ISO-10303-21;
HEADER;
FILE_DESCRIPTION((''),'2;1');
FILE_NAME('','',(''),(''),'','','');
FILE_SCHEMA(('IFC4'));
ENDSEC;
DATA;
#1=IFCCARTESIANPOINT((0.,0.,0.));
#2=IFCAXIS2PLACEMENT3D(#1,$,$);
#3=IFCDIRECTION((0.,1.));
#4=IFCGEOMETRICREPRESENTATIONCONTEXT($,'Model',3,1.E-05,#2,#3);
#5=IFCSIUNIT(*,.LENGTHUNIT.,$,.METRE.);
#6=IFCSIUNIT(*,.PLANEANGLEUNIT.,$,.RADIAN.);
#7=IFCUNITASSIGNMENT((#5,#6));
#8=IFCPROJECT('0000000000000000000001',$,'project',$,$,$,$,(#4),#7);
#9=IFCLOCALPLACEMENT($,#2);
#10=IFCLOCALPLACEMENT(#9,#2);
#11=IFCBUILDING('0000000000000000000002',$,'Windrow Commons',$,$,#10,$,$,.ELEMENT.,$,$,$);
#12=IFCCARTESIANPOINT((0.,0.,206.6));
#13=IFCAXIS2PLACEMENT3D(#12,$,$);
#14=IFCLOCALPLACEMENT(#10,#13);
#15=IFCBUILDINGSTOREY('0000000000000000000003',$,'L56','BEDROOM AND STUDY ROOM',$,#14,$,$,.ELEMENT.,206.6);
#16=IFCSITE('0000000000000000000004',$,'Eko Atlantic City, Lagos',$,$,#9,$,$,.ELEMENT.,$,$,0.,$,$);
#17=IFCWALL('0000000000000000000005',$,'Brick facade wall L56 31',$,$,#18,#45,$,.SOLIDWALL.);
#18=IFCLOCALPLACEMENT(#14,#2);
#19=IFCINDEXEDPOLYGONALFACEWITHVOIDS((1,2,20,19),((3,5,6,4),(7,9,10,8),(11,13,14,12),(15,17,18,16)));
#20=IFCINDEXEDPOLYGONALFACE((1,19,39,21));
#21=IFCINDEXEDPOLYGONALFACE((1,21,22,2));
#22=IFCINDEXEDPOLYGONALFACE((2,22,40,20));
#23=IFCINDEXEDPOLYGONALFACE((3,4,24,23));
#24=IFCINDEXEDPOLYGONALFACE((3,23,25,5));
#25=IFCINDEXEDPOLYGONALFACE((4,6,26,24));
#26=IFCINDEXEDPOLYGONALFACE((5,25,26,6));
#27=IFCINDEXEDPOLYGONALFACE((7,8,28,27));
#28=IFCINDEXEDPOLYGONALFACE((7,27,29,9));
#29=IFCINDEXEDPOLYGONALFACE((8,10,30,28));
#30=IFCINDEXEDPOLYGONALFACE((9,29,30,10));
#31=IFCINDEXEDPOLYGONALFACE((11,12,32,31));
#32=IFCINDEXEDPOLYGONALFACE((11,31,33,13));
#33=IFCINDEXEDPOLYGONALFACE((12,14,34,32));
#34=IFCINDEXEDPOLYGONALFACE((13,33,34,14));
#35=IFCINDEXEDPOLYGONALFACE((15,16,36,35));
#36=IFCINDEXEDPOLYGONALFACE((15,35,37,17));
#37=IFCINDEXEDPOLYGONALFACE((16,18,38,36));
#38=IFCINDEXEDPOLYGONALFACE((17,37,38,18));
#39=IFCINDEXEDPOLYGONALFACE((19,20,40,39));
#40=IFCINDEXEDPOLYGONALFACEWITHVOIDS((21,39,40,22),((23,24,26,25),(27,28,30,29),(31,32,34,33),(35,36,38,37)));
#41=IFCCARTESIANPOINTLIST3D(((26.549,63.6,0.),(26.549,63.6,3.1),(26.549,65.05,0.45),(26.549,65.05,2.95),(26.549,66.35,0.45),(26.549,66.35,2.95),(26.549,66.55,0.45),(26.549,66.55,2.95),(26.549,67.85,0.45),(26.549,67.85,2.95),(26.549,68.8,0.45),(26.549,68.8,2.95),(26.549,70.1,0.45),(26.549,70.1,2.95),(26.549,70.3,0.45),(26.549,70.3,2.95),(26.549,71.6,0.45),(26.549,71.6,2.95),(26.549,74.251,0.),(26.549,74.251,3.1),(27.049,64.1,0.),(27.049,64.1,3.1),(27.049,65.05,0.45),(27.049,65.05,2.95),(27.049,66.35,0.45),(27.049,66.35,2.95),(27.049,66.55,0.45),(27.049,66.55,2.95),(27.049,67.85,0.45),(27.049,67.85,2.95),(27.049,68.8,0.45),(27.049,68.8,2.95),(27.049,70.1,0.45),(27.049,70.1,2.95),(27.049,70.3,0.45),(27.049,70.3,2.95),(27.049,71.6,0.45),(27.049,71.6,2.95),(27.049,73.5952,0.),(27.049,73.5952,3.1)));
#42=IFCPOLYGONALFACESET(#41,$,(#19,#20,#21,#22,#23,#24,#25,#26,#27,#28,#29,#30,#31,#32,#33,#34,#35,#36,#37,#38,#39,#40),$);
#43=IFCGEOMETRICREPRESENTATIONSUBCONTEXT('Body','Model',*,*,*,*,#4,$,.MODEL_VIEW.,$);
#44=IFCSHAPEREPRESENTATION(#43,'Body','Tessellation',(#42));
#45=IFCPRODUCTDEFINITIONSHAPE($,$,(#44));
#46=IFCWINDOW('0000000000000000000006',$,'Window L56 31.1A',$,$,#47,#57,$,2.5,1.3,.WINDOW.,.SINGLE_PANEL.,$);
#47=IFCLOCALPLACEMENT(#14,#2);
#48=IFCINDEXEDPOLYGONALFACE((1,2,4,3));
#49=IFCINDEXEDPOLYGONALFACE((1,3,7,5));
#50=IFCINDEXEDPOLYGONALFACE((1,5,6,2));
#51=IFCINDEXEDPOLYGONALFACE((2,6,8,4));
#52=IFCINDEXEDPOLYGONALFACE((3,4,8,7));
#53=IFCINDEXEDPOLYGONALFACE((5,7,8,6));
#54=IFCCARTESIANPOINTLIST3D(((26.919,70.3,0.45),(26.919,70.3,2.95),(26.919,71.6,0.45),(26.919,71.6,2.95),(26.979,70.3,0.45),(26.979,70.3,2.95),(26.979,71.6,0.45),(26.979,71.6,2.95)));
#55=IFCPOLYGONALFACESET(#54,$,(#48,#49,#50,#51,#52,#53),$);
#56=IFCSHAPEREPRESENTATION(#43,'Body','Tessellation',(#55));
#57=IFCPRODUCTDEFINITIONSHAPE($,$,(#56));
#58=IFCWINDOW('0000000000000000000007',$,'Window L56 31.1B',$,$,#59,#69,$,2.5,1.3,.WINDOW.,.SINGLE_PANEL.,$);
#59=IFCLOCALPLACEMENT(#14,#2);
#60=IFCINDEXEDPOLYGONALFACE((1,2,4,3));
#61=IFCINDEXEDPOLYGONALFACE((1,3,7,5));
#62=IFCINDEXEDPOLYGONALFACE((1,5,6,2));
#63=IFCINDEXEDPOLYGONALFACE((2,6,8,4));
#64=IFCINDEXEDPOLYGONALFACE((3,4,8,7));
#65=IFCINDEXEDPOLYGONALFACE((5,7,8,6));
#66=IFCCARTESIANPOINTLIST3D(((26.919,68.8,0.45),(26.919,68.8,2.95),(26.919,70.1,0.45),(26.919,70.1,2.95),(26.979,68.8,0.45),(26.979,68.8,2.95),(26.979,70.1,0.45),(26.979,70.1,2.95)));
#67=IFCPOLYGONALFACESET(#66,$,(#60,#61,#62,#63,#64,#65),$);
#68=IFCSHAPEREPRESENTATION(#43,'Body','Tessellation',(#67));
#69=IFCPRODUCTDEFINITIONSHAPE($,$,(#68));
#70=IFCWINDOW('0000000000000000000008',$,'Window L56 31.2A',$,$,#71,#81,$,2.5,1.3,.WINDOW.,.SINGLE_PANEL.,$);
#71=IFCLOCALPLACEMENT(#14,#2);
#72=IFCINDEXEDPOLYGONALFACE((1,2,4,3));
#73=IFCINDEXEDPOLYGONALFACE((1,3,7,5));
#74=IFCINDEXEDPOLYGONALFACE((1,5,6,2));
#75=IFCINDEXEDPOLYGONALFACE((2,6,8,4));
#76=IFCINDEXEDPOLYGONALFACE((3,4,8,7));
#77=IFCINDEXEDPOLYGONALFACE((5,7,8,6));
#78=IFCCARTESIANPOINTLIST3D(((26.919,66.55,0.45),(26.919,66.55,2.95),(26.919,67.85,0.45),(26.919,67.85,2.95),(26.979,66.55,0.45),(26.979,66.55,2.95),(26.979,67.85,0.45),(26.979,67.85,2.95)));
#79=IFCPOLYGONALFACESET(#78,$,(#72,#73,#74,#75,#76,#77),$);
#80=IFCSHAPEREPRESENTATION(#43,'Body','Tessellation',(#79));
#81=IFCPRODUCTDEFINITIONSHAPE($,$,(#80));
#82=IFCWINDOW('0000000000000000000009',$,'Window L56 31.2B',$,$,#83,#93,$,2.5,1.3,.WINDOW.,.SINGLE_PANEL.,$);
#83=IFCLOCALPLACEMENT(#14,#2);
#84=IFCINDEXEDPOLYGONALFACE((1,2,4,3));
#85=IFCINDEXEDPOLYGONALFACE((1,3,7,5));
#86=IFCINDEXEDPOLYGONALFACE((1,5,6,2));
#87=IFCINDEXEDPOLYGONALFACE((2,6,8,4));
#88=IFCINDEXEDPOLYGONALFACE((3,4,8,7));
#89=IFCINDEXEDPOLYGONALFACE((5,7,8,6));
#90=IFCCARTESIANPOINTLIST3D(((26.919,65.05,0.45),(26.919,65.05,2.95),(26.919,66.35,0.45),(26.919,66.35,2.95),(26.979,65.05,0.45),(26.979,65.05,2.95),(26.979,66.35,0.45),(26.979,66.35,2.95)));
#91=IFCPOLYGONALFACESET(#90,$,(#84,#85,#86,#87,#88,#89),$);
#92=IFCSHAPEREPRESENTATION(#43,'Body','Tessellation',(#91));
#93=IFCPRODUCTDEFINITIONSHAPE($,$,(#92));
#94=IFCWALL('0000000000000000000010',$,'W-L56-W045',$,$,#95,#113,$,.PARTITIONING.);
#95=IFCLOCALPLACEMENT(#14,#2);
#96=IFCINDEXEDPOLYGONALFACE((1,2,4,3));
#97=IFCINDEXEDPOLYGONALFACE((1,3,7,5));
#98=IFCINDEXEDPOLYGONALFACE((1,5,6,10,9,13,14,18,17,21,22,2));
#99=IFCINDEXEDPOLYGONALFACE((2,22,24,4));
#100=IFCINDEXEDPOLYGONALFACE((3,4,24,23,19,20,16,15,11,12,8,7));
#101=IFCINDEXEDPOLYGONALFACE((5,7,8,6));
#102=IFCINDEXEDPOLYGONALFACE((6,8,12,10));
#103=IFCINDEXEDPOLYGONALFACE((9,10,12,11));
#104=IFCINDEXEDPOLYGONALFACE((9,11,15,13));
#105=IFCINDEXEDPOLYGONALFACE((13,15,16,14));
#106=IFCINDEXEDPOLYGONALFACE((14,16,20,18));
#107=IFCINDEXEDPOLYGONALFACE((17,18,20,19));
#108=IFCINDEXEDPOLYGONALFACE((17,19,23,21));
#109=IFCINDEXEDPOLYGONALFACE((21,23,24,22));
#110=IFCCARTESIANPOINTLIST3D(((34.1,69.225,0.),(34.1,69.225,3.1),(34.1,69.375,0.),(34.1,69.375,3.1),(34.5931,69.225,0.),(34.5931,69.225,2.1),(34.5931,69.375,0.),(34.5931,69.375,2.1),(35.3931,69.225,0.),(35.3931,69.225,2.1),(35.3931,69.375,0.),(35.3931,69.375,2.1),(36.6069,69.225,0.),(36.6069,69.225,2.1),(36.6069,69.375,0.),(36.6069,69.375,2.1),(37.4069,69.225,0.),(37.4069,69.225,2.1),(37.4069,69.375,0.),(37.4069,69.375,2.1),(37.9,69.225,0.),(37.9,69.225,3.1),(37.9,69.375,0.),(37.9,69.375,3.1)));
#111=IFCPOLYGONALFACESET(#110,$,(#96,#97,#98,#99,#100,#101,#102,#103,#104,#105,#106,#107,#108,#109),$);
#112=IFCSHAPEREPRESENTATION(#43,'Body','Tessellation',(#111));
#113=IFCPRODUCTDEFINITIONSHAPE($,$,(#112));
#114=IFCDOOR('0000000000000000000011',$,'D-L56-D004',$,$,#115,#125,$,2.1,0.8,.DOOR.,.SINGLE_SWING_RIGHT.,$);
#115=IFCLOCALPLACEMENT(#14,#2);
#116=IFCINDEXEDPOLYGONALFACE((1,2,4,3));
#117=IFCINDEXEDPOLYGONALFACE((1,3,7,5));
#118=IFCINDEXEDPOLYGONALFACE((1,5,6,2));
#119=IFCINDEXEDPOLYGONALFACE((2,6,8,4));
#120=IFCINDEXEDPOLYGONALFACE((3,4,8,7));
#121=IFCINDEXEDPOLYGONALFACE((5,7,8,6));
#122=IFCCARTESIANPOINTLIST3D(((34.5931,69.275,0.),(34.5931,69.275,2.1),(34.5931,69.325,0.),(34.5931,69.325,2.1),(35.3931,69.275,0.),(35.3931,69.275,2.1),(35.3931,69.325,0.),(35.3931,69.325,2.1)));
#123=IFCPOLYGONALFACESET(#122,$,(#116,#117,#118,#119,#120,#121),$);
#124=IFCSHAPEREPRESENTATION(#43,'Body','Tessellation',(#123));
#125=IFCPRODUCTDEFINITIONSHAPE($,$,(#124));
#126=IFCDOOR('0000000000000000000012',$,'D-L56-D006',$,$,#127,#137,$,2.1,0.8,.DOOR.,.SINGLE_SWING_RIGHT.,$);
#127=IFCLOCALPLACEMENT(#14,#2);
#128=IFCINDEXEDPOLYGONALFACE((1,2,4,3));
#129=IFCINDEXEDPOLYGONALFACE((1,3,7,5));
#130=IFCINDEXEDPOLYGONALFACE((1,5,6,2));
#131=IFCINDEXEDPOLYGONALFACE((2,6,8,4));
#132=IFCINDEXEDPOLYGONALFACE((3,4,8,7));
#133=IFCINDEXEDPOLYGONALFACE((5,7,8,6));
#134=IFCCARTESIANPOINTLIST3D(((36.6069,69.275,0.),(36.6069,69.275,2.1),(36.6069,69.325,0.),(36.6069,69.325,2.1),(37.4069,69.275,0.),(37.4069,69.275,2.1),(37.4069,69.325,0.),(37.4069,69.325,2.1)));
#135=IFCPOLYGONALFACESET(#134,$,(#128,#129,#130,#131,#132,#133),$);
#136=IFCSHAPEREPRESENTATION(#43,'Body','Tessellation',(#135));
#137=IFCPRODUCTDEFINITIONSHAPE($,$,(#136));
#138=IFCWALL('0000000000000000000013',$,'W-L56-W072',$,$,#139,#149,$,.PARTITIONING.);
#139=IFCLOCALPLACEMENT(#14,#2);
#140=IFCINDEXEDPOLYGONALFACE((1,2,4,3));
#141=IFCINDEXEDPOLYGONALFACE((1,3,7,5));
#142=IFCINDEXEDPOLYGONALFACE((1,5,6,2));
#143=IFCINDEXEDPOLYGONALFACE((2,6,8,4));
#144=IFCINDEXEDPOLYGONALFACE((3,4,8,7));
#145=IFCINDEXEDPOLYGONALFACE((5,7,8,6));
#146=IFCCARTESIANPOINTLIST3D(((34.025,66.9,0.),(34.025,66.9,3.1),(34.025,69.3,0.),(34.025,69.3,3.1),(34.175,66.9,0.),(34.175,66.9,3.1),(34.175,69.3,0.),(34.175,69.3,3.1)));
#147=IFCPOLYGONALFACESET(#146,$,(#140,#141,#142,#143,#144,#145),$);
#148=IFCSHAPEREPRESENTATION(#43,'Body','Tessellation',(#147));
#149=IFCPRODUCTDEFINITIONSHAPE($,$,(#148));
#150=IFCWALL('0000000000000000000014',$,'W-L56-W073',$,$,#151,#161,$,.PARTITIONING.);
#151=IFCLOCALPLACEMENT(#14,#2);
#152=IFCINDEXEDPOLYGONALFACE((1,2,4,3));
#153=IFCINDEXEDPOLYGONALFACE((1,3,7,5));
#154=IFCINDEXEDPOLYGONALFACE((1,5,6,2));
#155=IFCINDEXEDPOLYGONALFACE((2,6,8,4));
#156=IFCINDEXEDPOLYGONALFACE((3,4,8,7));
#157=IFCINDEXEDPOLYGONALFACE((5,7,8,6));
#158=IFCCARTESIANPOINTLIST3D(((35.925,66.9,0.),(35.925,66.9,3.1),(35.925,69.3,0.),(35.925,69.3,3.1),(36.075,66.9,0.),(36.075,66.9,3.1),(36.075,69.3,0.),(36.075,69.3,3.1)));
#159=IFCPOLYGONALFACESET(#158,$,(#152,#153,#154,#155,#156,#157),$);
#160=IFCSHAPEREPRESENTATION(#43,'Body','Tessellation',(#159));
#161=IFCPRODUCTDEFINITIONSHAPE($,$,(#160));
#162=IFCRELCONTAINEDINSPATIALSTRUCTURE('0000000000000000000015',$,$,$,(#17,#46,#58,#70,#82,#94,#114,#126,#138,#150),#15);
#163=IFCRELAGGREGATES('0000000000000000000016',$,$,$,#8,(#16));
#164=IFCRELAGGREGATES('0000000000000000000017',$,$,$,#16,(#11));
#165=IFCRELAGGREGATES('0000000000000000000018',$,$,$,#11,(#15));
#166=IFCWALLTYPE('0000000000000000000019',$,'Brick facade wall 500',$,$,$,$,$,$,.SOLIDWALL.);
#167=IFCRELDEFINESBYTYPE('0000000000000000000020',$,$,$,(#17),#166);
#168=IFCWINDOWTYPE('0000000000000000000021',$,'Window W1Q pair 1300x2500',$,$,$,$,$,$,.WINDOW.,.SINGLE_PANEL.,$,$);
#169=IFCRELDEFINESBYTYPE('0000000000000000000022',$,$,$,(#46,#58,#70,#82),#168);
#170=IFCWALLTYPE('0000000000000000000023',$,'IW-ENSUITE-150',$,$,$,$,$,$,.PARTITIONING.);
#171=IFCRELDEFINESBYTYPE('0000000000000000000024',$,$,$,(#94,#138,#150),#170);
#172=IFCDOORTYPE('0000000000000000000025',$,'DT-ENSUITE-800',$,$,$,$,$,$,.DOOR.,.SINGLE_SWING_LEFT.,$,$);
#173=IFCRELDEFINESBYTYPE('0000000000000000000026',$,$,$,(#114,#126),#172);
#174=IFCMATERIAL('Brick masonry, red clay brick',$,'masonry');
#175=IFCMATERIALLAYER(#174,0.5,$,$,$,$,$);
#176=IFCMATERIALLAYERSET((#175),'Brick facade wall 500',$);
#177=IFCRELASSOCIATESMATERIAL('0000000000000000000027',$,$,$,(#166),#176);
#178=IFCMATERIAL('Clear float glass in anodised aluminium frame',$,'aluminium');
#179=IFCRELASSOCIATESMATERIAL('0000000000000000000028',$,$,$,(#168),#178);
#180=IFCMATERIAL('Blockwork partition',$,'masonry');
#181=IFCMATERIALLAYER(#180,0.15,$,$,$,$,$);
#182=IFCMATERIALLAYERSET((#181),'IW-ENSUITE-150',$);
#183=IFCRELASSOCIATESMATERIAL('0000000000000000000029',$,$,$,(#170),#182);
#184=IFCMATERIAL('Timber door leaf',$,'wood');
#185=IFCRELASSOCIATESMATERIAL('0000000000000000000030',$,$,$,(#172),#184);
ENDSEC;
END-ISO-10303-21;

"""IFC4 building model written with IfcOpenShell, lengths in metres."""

from ifc_helpers import new_model, si_unit, direction, frame, frame_2d, origin, place, context, subcontext, project, spatial, polyline, rectangle, outline, extrude, material, layer, layer_set, type_object, element, fill, save


model = new_model("IFC4")

# Units and contexts
model_context = context("Model", 3, precision=1e-05, world=origin(), true_north=direction((0.0, 1.0)))
body_context = subcontext(model_context, "Body", "Model", "MODEL_VIEW")
ifc_project = project(units=[si_unit("LENGTHUNIT", "METRE"), si_unit("PLANEANGLEUNIT", "RADIAN")], contexts=[model_context])

# Site, building, storey
site_placement = place(None, origin())
site = spatial("IfcSite", under=ifc_project, at=site_placement, Name="Eko Atlantic City, Lagos", CompositionType="ELEMENT", RefElevation=0.0)
building_placement = place(site_placement, origin())
building = spatial("IfcBuilding", under=site, at=building_placement, Name="Windrow Commons", CompositionType="ELEMENT")
storey_placement = place(building_placement, frame((0.0, 0.0, 206.6)))
storey = spatial("IfcBuildingStorey", under=building, at=storey_placement, Name="L56", Description="BEDROOM AND STUDY ROOM", CompositionType="ELEMENT", Elevation=206.6)

# Wall, openings, windows
ifc_material_1 = material(Name="Brick masonry, red clay brick", Category="masonry")
ifc_layer_1 = layer(ifc_material_1, 0.5)
ifc_layer_set_1 = layer_set([ifc_layer_1], Name="Brick facade wall 500")
wall_type_1 = type_object("IfcWallType", Name="Brick facade wall 500", PredefinedType="SOLIDWALL", material=ifc_layer_set_1)
wall_1_placement = place(storey_placement, frame((26.799, 73.9231, 0.0), z_axis=(0.0, 0.0, 1.0), x_axis=(0.0, -1.0, 0.0)))
wall_1 = element("IfcWall", 1, at=wall_1_placement, inside=storey, type_object=wall_type_1, Name="Brick facade wall L56 31", PredefinedType="SOLIDWALL", context=body_context, shape_type="SweptSolid", body=[
    extrude(outline(polyline([(-0.3279, -0.25), (10.3231, -0.25), (9.8231, 0.25), (0.3279, 0.25), (-0.3279, -0.25)])), origin(), (0.0, 0.0, 1.0), 3.1),
])
opening_1_placement = place(wall_1_placement, frame((2.3231, 0.0, 0.45)))
opening_1 = element("IfcOpeningElement", 2, at=opening_1_placement, cuts=wall_1, PredefinedType="OPENING", context=body_context, shape_type="SweptSolid", body=[
    extrude(rectangle(XDim=1.3, YDim=2.5, at=frame_2d((0.65, 1.25))), frame((0.0, 0.26, 0.0), z_axis=(0.0, -1.0, 0.0), x_axis=(1.0, 0.0, 0.0)), (0.0, 0.0, 1.0), 0.52),
])
opening_2_placement = place(wall_1_placement, frame((3.8231, 0.0, 0.45)))
opening_2 = element("IfcOpeningElement", 3, at=opening_2_placement, cuts=wall_1, PredefinedType="OPENING", context=body_context, shape_type="SweptSolid", body=[
    extrude(rectangle(XDim=1.3, YDim=2.5, at=frame_2d((0.65, 1.25))), frame((0.0, 0.26, 0.0), z_axis=(0.0, -1.0, 0.0), x_axis=(1.0, 0.0, 0.0)), (0.0, 0.0, 1.0), 0.52),
])
opening_3_placement = place(wall_1_placement, frame((6.0731, 0.0, 0.45)))
opening_3 = element("IfcOpeningElement", 4, at=opening_3_placement, cuts=wall_1, PredefinedType="OPENING", context=body_context, shape_type="SweptSolid", body=[
    extrude(rectangle(XDim=1.3, YDim=2.5, at=frame_2d((0.65, 1.25))), frame((0.0, 0.26, 0.0), z_axis=(0.0, -1.0, 0.0), x_axis=(1.0, 0.0, 0.0)), (0.0, 0.0, 1.0), 0.52),
])
opening_4_placement = place(wall_1_placement, frame((7.5731, 0.0, 0.45)))
opening_4 = element("IfcOpeningElement", 5, at=opening_4_placement, cuts=wall_1, PredefinedType="OPENING", context=body_context, shape_type="SweptSolid", body=[
    extrude(rectangle(XDim=1.3, YDim=2.5, at=frame_2d((0.65, 1.25))), frame((0.0, 0.26, 0.0), z_axis=(0.0, -1.0, 0.0), x_axis=(1.0, 0.0, 0.0)), (0.0, 0.0, 1.0), 0.52),
])
ifc_material_2 = material(Name="Clear float glass in anodised aluminium frame", Category="aluminium")
window_type_1 = type_object("IfcWindowType", Name="Window W1Q pair 1300x2500", PartitioningType="SINGLE_PANEL", PredefinedType="WINDOW", material=ifc_material_2)
window_1_placement = place(opening_1_placement, origin())
window_1 = element("IfcWindow", 6, at=window_1_placement, inside=storey, type_object=window_type_1, Name="Window L56 31.1A", OverallHeight=2.5, OverallWidth=1.3, PartitioningType="SINGLE_PANEL", PredefinedType="WINDOW", context=body_context, shape_type="SweptSolid", body=[
    extrude(rectangle(XDim=1.3, YDim=2.5, at=frame_2d((0.65, 1.25))), frame((0.0, 0.18, 0.0), z_axis=(0.0, -1.0, 0.0), x_axis=(1.0, 0.0, 0.0)), (0.0, 0.0, 1.0), 0.06),
])
fill(opening_1, window_1)
window_2_placement = place(opening_2_placement, origin())
window_2 = element("IfcWindow", 7, at=window_2_placement, inside=storey, type_object=window_type_1, Name="Window L56 31.1B", OverallHeight=2.5, OverallWidth=1.3, PartitioningType="SINGLE_PANEL", PredefinedType="WINDOW", context=body_context, shape_type="SweptSolid", body=[
    extrude(rectangle(XDim=1.3, YDim=2.5, at=frame_2d((0.65, 1.25))), frame((0.0, 0.18, 0.0), z_axis=(0.0, -1.0, 0.0), x_axis=(1.0, 0.0, 0.0)), (0.0, 0.0, 1.0), 0.06),
])
fill(opening_2, window_2)
window_3_placement = place(opening_3_placement, origin())
window_3 = element("IfcWindow", 8, at=window_3_placement, inside=storey, type_object=window_type_1, Name="Window L56 31.2A", OverallHeight=2.5, OverallWidth=1.3, PartitioningType="SINGLE_PANEL", PredefinedType="WINDOW", context=body_context, shape_type="SweptSolid", body=[
    extrude(rectangle(XDim=1.3, YDim=2.5, at=frame_2d((0.65, 1.25))), frame((0.0, 0.18, 0.0), z_axis=(0.0, -1.0, 0.0), x_axis=(1.0, 0.0, 0.0)), (0.0, 0.0, 1.0), 0.06),
])
fill(opening_3, window_3)
window_4_placement = place(opening_4_placement, origin())
window_4 = element("IfcWindow", 9, at=window_4_placement, inside=storey, type_object=window_type_1, Name="Window L56 31.2B", OverallHeight=2.5, OverallWidth=1.3, PartitioningType="SINGLE_PANEL", PredefinedType="WINDOW", context=body_context, shape_type="SweptSolid", body=[
    extrude(rectangle(XDim=1.3, YDim=2.5, at=frame_2d((0.65, 1.25))), frame((0.0, 0.18, 0.0), z_axis=(0.0, -1.0, 0.0), x_axis=(1.0, 0.0, 0.0)), (0.0, 0.0, 1.0), 0.06),
])
fill(opening_4, window_4)

# Wall, openings, doors
ifc_material_3 = material(Name="Blockwork partition", Category="masonry")
ifc_layer_2 = layer(ifc_material_3, 0.15)
ifc_layer_set_2 = layer_set([ifc_layer_2], Name="IW-ENSUITE-150")
wall_type_2 = type_object("IfcWallType", Name="IW-ENSUITE-150", PredefinedType="PARTITIONING", material=ifc_layer_set_2)
wall_2_placement = place(storey_placement, frame((34.1, 69.3, 0.0), z_axis=(0.0, 0.0, 1.0), x_axis=(1.0, 0.0, 0.0)))
wall_2 = element("IfcWall", 10, at=wall_2_placement, inside=storey, type_object=wall_type_2, Name="W-L56-W045", PredefinedType="PARTITIONING", context=body_context, shape_type="SweptSolid", body=[
    extrude(rectangle(XDim=3.8, YDim=0.15, at=frame_2d((1.9, 0.0))), origin(), (0.0, 0.0, 1.0), 3.1),
])
opening_5_placement = place(wall_2_placement, frame((0.4931, 0.0, 0.0)))
opening_5 = element("IfcOpeningElement", 11, at=opening_5_placement, cuts=wall_2, PredefinedType="OPENING", context=body_context, shape_type="SweptSolid", body=[
    extrude(rectangle(XDim=0.8, YDim=2.1, at=frame_2d((0.4, 1.05))), frame((0.0, 0.085, 0.0), z_axis=(0.0, -1.0, 0.0), x_axis=(1.0, 0.0, 0.0)), (0.0, 0.0, 1.0), 0.17),
])
opening_6_placement = place(wall_2_placement, frame((2.5069, 0.0, 0.0)))
opening_6 = element("IfcOpeningElement", 12, at=opening_6_placement, cuts=wall_2, PredefinedType="OPENING", context=body_context, shape_type="SweptSolid", body=[
    extrude(rectangle(XDim=0.8, YDim=2.1, at=frame_2d((0.4, 1.05))), frame((0.0, 0.085, 0.0), z_axis=(0.0, -1.0, 0.0), x_axis=(1.0, 0.0, 0.0)), (0.0, 0.0, 1.0), 0.17),
])
ifc_material_4 = material(Name="Timber door leaf", Category="wood")
door_type = type_object("IfcDoorType", Name="DT-ENSUITE-800", OperationType="SINGLE_SWING_LEFT", PredefinedType="DOOR", material=ifc_material_4)
door_1_placement = place(opening_5_placement, origin())
door_1 = element("IfcDoor", 13, at=door_1_placement, inside=storey, type_object=door_type, Name="D-L56-D004", OperationType="SINGLE_SWING_RIGHT", OverallHeight=2.1, OverallWidth=0.8, PredefinedType="DOOR", context=body_context, shape_type="SweptSolid", body=[
    extrude(rectangle(XDim=0.8, YDim=2.1, at=frame_2d((0.4, 1.05))), frame((0.0, 0.025, 0.0), z_axis=(0.0, -1.0, 0.0), x_axis=(1.0, 0.0, 0.0)), (0.0, 0.0, 1.0), 0.05),
])
fill(opening_5, door_1)
door_2_placement = place(opening_6_placement, origin())
door_2 = element("IfcDoor", 14, at=door_2_placement, inside=storey, type_object=door_type, Name="D-L56-D006", OperationType="SINGLE_SWING_RIGHT", OverallHeight=2.1, OverallWidth=0.8, PredefinedType="DOOR", context=body_context, shape_type="SweptSolid", body=[
    extrude(rectangle(XDim=0.8, YDim=2.1, at=frame_2d((0.4, 1.05))), frame((0.0, 0.025, 0.0), z_axis=(0.0, -1.0, 0.0), x_axis=(1.0, 0.0, 0.0)), (0.0, 0.0, 1.0), 0.05),
])
fill(opening_6, door_2)

# Walls
for number, where, z_axis, x_axis, name in (
    (15, (34.1, 66.9, 0.0), (0.0, 0.0, 1.0), (0.0, 1.0, 0.0), "W-L56-W072"),
    (16, (36.0, 66.9, 0.0), (0.0, 0.0, 1.0), (0.0, 1.0, 0.0), "W-L56-W073"),
):
    element("IfcWall", number, at=place(storey_placement, frame(where, z_axis=z_axis, x_axis=x_axis)), inside=storey, type_object=wall_type_2, Name=name, PredefinedType="PARTITIONING", context=body_context, shape_type="SweptSolid", body=[
        extrude(rectangle(XDim=2.4, YDim=0.15, at=frame_2d((1.2, 0.0))), origin(), (0.0, 0.0, 1.0), 3.1),
    ])

save(model, "model.ifc")
